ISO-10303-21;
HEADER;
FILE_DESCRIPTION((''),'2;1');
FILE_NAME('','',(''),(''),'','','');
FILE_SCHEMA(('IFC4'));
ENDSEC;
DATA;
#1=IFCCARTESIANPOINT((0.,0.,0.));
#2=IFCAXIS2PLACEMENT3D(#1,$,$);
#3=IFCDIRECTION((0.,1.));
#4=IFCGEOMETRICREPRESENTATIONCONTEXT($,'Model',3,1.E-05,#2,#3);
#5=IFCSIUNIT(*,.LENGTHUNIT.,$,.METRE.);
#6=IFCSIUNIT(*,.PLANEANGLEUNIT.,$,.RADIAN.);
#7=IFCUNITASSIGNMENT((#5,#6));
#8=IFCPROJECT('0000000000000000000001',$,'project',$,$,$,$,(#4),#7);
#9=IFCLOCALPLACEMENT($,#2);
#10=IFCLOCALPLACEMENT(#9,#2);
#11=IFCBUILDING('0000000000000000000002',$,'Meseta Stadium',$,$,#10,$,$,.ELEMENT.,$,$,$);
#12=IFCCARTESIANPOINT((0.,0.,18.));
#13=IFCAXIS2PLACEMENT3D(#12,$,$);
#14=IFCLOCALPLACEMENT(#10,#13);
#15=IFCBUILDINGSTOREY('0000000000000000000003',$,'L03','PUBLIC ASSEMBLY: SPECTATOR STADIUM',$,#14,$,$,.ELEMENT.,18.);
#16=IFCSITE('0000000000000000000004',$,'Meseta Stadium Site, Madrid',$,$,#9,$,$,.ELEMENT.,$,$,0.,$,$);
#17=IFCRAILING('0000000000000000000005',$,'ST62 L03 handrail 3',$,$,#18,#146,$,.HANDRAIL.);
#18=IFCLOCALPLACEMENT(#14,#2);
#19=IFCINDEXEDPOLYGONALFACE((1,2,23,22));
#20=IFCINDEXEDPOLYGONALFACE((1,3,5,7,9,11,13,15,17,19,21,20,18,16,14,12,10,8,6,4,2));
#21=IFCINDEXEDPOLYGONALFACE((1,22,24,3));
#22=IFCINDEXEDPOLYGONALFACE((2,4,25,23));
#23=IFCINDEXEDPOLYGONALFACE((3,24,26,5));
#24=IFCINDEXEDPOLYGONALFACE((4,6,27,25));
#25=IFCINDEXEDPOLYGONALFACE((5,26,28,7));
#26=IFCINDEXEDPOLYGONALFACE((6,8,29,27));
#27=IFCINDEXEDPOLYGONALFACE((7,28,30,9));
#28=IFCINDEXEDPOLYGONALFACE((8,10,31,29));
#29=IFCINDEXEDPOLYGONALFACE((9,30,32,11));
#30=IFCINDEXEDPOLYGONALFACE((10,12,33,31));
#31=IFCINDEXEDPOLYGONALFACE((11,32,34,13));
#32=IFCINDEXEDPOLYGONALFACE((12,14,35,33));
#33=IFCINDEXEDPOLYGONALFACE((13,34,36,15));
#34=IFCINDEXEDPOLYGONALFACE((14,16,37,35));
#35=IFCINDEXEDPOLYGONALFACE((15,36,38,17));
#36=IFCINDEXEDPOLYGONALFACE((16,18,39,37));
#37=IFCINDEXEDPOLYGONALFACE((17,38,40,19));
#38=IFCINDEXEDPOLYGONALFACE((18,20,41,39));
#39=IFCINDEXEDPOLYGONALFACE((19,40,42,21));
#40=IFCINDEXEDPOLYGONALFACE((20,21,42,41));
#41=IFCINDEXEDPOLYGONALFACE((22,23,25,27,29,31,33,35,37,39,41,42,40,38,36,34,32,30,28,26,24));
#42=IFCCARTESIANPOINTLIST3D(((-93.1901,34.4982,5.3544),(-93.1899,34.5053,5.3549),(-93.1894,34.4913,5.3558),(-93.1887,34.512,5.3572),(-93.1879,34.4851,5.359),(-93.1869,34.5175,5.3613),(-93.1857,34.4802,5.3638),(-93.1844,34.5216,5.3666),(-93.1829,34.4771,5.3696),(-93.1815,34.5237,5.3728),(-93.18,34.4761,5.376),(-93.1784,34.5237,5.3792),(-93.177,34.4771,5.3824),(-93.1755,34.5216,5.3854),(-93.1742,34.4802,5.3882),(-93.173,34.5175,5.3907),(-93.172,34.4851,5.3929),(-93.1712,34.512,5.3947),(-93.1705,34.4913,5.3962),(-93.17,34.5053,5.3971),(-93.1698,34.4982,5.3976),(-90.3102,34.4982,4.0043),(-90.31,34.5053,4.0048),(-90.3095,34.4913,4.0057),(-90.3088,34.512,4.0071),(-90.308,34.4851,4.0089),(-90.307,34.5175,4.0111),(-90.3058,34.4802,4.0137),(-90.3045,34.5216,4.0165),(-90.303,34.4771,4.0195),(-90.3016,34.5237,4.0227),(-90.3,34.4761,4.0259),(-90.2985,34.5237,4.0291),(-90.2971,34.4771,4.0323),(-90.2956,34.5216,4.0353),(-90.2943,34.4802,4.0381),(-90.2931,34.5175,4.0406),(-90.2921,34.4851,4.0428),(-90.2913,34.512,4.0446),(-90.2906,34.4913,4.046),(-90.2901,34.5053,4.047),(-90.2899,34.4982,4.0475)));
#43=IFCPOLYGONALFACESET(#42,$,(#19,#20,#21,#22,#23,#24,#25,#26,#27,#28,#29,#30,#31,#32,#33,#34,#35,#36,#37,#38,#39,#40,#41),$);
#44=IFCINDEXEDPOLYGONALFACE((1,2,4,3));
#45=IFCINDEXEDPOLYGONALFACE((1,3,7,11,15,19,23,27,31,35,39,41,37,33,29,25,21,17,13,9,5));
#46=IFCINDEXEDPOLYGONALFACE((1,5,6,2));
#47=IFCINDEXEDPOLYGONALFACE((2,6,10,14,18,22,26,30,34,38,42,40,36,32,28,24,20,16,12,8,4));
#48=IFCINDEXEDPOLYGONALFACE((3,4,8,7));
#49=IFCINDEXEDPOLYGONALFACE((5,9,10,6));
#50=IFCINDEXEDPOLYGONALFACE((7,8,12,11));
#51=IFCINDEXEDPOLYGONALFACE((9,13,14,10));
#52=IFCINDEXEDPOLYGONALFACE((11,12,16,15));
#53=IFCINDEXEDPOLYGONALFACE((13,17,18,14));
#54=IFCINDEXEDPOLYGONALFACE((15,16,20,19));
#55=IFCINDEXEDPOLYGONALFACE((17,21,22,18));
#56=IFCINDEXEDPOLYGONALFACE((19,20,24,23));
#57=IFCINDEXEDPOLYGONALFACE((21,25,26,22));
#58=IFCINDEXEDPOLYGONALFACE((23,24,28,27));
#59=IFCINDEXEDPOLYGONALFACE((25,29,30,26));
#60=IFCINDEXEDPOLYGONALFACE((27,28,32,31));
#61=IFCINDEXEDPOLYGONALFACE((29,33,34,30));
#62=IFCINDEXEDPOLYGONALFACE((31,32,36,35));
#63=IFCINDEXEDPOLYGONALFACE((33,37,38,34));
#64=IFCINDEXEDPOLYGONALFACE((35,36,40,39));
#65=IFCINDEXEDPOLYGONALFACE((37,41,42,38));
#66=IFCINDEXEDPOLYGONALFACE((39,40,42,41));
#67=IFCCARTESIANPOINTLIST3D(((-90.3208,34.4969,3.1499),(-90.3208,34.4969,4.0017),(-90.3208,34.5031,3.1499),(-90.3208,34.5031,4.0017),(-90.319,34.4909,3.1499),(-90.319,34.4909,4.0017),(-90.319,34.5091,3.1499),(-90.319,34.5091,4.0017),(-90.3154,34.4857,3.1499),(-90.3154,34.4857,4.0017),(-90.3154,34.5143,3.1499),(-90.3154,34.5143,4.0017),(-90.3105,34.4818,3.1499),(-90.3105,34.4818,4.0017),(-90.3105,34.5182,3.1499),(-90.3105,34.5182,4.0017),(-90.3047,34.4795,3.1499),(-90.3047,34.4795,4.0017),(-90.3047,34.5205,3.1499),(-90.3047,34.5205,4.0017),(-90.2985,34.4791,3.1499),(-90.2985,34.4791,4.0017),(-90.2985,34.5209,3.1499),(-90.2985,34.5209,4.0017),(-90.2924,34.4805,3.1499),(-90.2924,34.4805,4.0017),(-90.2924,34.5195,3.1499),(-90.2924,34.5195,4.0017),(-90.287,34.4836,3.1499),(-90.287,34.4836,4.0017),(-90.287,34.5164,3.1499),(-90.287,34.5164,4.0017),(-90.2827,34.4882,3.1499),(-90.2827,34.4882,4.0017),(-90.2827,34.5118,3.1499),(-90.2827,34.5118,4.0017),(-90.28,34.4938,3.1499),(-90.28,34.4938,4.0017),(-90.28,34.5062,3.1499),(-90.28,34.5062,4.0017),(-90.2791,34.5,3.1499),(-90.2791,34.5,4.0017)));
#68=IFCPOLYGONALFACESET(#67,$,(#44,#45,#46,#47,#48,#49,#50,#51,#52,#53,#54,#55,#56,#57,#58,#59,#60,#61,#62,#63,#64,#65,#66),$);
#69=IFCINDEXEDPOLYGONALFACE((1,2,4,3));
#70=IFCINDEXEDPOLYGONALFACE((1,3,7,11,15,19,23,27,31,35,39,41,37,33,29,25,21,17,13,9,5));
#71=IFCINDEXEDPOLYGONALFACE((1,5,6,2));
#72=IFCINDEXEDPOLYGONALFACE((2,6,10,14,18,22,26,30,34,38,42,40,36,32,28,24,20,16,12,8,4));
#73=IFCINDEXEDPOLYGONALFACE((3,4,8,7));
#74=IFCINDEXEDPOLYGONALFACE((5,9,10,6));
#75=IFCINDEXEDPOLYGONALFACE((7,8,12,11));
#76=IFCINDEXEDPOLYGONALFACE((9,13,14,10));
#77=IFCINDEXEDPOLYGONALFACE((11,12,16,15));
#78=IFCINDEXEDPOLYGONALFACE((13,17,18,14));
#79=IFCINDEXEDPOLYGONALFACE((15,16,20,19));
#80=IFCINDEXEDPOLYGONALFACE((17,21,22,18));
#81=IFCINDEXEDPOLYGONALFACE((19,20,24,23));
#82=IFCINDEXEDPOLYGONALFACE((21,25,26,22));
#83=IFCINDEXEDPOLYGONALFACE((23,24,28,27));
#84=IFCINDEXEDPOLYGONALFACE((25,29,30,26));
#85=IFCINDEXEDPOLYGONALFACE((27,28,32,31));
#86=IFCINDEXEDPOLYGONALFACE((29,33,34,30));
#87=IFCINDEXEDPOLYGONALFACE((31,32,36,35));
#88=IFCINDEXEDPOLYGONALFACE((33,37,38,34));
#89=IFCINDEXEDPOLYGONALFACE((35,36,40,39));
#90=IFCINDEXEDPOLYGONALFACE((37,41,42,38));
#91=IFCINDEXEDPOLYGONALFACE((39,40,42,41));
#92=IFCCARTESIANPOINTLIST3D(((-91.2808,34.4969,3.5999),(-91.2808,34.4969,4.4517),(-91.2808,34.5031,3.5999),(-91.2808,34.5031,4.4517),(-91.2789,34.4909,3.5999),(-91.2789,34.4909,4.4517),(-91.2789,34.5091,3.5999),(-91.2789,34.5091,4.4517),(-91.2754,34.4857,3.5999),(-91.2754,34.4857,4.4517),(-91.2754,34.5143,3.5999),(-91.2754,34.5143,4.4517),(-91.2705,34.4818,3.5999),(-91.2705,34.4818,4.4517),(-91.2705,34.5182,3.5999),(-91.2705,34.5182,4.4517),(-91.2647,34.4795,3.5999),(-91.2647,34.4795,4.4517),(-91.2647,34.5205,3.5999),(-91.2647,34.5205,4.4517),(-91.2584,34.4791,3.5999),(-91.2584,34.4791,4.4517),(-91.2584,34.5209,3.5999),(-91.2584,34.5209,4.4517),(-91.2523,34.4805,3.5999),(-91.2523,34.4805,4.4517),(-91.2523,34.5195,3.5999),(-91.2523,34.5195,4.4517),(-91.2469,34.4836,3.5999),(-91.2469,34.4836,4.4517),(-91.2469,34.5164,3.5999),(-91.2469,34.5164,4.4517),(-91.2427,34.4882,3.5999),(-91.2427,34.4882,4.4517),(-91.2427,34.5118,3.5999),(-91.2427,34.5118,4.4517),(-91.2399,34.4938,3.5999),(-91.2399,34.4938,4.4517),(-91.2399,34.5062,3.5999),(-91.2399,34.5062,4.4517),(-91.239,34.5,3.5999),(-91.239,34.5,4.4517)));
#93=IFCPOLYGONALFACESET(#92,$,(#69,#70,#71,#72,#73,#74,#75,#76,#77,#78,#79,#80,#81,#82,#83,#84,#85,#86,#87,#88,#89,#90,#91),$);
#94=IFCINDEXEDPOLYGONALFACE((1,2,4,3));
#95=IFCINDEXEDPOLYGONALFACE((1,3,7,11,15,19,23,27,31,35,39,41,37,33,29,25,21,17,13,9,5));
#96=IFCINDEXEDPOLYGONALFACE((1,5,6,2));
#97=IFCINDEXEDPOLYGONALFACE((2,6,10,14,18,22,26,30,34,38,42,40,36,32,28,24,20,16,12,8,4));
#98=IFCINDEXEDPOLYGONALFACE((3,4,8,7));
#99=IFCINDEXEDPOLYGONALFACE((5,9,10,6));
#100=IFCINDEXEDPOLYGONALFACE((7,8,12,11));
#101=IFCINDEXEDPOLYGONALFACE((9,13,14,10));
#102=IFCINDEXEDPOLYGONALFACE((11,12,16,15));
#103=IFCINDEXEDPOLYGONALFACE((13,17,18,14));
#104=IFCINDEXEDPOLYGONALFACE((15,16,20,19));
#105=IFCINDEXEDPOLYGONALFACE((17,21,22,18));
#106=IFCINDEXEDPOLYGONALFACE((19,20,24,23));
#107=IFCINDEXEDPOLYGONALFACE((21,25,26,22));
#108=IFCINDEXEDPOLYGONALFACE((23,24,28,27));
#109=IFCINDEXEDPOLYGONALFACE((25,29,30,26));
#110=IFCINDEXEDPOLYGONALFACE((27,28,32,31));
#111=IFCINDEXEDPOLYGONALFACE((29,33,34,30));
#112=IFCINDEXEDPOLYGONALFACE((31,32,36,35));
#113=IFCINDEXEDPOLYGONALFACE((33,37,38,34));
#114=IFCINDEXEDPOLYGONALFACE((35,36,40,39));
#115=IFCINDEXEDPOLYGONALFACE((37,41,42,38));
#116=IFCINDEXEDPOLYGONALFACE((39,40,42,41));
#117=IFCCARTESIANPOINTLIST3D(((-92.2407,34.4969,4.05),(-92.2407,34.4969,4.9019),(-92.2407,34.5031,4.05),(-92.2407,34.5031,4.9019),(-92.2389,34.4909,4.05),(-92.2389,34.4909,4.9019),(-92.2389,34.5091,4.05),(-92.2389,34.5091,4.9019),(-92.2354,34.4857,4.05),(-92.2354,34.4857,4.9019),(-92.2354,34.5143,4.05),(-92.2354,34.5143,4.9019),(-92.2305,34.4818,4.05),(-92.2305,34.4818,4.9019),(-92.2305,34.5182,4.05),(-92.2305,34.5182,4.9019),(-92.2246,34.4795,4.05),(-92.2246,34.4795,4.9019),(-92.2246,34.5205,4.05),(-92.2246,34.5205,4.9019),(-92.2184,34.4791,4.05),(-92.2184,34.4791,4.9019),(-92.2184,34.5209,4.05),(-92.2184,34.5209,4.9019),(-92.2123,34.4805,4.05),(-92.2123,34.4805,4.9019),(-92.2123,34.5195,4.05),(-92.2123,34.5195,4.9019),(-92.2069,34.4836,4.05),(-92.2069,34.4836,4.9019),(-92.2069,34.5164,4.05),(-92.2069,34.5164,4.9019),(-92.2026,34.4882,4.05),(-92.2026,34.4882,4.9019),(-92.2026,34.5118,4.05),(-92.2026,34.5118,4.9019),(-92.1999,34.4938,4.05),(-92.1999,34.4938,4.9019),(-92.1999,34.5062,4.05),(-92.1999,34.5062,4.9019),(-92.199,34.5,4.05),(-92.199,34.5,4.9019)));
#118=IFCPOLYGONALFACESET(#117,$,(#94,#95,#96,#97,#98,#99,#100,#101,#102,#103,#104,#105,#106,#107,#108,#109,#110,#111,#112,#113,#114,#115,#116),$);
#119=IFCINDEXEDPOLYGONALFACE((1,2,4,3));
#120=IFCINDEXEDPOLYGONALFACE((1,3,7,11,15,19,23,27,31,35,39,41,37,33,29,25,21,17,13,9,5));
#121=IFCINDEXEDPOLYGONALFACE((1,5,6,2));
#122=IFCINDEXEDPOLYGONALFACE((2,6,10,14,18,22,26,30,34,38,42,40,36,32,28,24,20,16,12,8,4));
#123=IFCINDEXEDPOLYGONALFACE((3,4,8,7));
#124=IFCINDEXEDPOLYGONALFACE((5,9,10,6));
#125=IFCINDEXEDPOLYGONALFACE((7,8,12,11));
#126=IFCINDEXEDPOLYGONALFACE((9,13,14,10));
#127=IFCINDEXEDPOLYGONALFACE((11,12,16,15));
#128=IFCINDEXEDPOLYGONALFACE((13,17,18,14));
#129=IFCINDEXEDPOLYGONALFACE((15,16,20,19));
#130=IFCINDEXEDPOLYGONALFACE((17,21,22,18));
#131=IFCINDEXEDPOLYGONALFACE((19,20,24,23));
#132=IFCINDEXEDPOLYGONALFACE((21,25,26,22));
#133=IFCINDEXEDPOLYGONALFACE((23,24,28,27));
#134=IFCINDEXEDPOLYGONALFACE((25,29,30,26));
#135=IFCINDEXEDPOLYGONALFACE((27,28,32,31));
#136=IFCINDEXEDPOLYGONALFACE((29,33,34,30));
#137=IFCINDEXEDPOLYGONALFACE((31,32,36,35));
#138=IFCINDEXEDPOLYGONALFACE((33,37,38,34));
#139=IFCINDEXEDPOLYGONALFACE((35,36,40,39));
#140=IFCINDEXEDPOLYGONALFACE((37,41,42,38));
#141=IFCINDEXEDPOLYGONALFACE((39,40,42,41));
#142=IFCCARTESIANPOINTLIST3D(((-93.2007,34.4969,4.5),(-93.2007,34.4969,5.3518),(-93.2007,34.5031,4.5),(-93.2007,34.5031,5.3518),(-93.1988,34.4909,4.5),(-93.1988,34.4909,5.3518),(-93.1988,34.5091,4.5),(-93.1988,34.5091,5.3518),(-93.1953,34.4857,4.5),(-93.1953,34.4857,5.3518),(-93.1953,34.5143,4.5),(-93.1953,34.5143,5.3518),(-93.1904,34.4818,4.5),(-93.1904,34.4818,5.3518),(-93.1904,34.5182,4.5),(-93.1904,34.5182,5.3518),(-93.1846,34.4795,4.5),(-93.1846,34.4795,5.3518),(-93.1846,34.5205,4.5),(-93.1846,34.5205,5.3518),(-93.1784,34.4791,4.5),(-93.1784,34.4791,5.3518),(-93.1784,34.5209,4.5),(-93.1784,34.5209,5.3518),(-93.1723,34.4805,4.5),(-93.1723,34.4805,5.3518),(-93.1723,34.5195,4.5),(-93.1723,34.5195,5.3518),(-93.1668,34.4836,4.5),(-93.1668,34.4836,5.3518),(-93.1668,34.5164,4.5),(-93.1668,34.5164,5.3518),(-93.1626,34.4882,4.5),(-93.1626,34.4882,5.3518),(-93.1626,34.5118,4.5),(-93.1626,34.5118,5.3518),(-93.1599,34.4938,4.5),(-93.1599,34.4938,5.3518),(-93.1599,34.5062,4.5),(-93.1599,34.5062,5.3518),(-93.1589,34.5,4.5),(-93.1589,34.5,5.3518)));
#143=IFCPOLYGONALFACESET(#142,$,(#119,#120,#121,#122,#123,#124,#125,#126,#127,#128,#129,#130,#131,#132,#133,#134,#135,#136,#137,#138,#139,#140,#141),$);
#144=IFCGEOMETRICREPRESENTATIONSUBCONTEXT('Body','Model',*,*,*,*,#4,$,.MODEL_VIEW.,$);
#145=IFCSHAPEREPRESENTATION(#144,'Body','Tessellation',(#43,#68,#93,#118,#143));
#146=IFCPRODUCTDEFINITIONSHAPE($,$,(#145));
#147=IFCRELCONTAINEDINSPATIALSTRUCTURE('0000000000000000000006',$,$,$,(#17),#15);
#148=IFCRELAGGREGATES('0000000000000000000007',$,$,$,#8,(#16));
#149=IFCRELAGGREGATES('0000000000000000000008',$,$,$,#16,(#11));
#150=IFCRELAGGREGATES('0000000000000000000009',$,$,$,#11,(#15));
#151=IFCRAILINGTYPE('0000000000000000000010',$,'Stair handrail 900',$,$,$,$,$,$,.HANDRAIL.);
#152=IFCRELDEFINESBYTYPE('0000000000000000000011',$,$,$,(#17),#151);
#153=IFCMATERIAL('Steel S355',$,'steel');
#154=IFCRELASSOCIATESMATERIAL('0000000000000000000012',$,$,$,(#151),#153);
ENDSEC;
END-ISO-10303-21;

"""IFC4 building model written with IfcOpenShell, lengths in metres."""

from ifc_helpers import new_model, si_unit, direction, frame, origin, origin_2d, place, context, subcontext, project, spatial, circle, extrude, material, type_object, element, save


model = new_model("IFC4")

# Units and contexts
model_context = context("Model", 3, precision=1e-05, world=origin(), true_north=direction((0.0, 1.0)))
body_context = subcontext(model_context, "Body", "Model", "MODEL_VIEW")
ifc_project = project(units=[si_unit("LENGTHUNIT", "METRE"), si_unit("PLANEANGLEUNIT", "RADIAN")], contexts=[model_context])

# Site, building, storey
site_placement = place(None, origin())
site = spatial("IfcSite", under=ifc_project, at=site_placement, Name="Meseta Stadium Site, Madrid", CompositionType="ELEMENT", RefElevation=0.0)
building_placement = place(site_placement, origin())
building = spatial("IfcBuilding", under=site, at=building_placement, Name="Meseta Stadium", CompositionType="ELEMENT")
storey_placement = place(building_placement, frame((0.0, 0.0, 18.0)))
storey = spatial("IfcBuildingStorey", under=building, at=storey_placement, Name="L03", Description="PUBLIC ASSEMBLY: SPECTATOR STADIUM", CompositionType="ELEMENT", Elevation=18.0)

# Railing
ifc_material_1 = material(Name="Steel S355", Category="steel")
railing_type_1 = type_object("IfcRailingType", Name="Stair handrail 900", PredefinedType="HANDRAIL", material=ifc_material_1)
for number, where, name in (
    (1, (-90.3, 34.5, 3.1499), "ST62 L03 handrail 3"),
):
    element("IfcRailing", number, at=place(storey_placement, frame(where)), inside=storey, type_object=railing_type_1, Name=name, PredefinedType="HANDRAIL", context=body_context, shape_type="SweptSolid", body=[
        extrude(circle(Radius=0.0239, at=origin_2d()), frame((0.0, 0.0, 0.876), z_axis=(-0.90544, 0.0, 0.424473), x_axis=(0.0, -1.0, 0.0)), (0.0, 0.0, 1.0), 3.1807),
        extrude(circle(Radius=0.021, at=origin_2d()), origin(), (0.0, 0.0, 1.0), 0.8518),
        extrude(circle(Radius=0.021, at=origin_2d()), frame((-0.96, 0.0, 0.45)), (0.0, 0.0, 1.0), 0.8518),
        extrude(circle(Radius=0.021, at=origin_2d()), frame((-1.9199, 0.0, 0.9001)), (0.0, 0.0, 1.0), 0.8518),
        extrude(circle(Radius=0.021, at=origin_2d()), frame((-2.8799, 0.0, 1.3501)), (0.0, 0.0, 1.0), 0.8518),
    ])

save(model, "model.ifc")
